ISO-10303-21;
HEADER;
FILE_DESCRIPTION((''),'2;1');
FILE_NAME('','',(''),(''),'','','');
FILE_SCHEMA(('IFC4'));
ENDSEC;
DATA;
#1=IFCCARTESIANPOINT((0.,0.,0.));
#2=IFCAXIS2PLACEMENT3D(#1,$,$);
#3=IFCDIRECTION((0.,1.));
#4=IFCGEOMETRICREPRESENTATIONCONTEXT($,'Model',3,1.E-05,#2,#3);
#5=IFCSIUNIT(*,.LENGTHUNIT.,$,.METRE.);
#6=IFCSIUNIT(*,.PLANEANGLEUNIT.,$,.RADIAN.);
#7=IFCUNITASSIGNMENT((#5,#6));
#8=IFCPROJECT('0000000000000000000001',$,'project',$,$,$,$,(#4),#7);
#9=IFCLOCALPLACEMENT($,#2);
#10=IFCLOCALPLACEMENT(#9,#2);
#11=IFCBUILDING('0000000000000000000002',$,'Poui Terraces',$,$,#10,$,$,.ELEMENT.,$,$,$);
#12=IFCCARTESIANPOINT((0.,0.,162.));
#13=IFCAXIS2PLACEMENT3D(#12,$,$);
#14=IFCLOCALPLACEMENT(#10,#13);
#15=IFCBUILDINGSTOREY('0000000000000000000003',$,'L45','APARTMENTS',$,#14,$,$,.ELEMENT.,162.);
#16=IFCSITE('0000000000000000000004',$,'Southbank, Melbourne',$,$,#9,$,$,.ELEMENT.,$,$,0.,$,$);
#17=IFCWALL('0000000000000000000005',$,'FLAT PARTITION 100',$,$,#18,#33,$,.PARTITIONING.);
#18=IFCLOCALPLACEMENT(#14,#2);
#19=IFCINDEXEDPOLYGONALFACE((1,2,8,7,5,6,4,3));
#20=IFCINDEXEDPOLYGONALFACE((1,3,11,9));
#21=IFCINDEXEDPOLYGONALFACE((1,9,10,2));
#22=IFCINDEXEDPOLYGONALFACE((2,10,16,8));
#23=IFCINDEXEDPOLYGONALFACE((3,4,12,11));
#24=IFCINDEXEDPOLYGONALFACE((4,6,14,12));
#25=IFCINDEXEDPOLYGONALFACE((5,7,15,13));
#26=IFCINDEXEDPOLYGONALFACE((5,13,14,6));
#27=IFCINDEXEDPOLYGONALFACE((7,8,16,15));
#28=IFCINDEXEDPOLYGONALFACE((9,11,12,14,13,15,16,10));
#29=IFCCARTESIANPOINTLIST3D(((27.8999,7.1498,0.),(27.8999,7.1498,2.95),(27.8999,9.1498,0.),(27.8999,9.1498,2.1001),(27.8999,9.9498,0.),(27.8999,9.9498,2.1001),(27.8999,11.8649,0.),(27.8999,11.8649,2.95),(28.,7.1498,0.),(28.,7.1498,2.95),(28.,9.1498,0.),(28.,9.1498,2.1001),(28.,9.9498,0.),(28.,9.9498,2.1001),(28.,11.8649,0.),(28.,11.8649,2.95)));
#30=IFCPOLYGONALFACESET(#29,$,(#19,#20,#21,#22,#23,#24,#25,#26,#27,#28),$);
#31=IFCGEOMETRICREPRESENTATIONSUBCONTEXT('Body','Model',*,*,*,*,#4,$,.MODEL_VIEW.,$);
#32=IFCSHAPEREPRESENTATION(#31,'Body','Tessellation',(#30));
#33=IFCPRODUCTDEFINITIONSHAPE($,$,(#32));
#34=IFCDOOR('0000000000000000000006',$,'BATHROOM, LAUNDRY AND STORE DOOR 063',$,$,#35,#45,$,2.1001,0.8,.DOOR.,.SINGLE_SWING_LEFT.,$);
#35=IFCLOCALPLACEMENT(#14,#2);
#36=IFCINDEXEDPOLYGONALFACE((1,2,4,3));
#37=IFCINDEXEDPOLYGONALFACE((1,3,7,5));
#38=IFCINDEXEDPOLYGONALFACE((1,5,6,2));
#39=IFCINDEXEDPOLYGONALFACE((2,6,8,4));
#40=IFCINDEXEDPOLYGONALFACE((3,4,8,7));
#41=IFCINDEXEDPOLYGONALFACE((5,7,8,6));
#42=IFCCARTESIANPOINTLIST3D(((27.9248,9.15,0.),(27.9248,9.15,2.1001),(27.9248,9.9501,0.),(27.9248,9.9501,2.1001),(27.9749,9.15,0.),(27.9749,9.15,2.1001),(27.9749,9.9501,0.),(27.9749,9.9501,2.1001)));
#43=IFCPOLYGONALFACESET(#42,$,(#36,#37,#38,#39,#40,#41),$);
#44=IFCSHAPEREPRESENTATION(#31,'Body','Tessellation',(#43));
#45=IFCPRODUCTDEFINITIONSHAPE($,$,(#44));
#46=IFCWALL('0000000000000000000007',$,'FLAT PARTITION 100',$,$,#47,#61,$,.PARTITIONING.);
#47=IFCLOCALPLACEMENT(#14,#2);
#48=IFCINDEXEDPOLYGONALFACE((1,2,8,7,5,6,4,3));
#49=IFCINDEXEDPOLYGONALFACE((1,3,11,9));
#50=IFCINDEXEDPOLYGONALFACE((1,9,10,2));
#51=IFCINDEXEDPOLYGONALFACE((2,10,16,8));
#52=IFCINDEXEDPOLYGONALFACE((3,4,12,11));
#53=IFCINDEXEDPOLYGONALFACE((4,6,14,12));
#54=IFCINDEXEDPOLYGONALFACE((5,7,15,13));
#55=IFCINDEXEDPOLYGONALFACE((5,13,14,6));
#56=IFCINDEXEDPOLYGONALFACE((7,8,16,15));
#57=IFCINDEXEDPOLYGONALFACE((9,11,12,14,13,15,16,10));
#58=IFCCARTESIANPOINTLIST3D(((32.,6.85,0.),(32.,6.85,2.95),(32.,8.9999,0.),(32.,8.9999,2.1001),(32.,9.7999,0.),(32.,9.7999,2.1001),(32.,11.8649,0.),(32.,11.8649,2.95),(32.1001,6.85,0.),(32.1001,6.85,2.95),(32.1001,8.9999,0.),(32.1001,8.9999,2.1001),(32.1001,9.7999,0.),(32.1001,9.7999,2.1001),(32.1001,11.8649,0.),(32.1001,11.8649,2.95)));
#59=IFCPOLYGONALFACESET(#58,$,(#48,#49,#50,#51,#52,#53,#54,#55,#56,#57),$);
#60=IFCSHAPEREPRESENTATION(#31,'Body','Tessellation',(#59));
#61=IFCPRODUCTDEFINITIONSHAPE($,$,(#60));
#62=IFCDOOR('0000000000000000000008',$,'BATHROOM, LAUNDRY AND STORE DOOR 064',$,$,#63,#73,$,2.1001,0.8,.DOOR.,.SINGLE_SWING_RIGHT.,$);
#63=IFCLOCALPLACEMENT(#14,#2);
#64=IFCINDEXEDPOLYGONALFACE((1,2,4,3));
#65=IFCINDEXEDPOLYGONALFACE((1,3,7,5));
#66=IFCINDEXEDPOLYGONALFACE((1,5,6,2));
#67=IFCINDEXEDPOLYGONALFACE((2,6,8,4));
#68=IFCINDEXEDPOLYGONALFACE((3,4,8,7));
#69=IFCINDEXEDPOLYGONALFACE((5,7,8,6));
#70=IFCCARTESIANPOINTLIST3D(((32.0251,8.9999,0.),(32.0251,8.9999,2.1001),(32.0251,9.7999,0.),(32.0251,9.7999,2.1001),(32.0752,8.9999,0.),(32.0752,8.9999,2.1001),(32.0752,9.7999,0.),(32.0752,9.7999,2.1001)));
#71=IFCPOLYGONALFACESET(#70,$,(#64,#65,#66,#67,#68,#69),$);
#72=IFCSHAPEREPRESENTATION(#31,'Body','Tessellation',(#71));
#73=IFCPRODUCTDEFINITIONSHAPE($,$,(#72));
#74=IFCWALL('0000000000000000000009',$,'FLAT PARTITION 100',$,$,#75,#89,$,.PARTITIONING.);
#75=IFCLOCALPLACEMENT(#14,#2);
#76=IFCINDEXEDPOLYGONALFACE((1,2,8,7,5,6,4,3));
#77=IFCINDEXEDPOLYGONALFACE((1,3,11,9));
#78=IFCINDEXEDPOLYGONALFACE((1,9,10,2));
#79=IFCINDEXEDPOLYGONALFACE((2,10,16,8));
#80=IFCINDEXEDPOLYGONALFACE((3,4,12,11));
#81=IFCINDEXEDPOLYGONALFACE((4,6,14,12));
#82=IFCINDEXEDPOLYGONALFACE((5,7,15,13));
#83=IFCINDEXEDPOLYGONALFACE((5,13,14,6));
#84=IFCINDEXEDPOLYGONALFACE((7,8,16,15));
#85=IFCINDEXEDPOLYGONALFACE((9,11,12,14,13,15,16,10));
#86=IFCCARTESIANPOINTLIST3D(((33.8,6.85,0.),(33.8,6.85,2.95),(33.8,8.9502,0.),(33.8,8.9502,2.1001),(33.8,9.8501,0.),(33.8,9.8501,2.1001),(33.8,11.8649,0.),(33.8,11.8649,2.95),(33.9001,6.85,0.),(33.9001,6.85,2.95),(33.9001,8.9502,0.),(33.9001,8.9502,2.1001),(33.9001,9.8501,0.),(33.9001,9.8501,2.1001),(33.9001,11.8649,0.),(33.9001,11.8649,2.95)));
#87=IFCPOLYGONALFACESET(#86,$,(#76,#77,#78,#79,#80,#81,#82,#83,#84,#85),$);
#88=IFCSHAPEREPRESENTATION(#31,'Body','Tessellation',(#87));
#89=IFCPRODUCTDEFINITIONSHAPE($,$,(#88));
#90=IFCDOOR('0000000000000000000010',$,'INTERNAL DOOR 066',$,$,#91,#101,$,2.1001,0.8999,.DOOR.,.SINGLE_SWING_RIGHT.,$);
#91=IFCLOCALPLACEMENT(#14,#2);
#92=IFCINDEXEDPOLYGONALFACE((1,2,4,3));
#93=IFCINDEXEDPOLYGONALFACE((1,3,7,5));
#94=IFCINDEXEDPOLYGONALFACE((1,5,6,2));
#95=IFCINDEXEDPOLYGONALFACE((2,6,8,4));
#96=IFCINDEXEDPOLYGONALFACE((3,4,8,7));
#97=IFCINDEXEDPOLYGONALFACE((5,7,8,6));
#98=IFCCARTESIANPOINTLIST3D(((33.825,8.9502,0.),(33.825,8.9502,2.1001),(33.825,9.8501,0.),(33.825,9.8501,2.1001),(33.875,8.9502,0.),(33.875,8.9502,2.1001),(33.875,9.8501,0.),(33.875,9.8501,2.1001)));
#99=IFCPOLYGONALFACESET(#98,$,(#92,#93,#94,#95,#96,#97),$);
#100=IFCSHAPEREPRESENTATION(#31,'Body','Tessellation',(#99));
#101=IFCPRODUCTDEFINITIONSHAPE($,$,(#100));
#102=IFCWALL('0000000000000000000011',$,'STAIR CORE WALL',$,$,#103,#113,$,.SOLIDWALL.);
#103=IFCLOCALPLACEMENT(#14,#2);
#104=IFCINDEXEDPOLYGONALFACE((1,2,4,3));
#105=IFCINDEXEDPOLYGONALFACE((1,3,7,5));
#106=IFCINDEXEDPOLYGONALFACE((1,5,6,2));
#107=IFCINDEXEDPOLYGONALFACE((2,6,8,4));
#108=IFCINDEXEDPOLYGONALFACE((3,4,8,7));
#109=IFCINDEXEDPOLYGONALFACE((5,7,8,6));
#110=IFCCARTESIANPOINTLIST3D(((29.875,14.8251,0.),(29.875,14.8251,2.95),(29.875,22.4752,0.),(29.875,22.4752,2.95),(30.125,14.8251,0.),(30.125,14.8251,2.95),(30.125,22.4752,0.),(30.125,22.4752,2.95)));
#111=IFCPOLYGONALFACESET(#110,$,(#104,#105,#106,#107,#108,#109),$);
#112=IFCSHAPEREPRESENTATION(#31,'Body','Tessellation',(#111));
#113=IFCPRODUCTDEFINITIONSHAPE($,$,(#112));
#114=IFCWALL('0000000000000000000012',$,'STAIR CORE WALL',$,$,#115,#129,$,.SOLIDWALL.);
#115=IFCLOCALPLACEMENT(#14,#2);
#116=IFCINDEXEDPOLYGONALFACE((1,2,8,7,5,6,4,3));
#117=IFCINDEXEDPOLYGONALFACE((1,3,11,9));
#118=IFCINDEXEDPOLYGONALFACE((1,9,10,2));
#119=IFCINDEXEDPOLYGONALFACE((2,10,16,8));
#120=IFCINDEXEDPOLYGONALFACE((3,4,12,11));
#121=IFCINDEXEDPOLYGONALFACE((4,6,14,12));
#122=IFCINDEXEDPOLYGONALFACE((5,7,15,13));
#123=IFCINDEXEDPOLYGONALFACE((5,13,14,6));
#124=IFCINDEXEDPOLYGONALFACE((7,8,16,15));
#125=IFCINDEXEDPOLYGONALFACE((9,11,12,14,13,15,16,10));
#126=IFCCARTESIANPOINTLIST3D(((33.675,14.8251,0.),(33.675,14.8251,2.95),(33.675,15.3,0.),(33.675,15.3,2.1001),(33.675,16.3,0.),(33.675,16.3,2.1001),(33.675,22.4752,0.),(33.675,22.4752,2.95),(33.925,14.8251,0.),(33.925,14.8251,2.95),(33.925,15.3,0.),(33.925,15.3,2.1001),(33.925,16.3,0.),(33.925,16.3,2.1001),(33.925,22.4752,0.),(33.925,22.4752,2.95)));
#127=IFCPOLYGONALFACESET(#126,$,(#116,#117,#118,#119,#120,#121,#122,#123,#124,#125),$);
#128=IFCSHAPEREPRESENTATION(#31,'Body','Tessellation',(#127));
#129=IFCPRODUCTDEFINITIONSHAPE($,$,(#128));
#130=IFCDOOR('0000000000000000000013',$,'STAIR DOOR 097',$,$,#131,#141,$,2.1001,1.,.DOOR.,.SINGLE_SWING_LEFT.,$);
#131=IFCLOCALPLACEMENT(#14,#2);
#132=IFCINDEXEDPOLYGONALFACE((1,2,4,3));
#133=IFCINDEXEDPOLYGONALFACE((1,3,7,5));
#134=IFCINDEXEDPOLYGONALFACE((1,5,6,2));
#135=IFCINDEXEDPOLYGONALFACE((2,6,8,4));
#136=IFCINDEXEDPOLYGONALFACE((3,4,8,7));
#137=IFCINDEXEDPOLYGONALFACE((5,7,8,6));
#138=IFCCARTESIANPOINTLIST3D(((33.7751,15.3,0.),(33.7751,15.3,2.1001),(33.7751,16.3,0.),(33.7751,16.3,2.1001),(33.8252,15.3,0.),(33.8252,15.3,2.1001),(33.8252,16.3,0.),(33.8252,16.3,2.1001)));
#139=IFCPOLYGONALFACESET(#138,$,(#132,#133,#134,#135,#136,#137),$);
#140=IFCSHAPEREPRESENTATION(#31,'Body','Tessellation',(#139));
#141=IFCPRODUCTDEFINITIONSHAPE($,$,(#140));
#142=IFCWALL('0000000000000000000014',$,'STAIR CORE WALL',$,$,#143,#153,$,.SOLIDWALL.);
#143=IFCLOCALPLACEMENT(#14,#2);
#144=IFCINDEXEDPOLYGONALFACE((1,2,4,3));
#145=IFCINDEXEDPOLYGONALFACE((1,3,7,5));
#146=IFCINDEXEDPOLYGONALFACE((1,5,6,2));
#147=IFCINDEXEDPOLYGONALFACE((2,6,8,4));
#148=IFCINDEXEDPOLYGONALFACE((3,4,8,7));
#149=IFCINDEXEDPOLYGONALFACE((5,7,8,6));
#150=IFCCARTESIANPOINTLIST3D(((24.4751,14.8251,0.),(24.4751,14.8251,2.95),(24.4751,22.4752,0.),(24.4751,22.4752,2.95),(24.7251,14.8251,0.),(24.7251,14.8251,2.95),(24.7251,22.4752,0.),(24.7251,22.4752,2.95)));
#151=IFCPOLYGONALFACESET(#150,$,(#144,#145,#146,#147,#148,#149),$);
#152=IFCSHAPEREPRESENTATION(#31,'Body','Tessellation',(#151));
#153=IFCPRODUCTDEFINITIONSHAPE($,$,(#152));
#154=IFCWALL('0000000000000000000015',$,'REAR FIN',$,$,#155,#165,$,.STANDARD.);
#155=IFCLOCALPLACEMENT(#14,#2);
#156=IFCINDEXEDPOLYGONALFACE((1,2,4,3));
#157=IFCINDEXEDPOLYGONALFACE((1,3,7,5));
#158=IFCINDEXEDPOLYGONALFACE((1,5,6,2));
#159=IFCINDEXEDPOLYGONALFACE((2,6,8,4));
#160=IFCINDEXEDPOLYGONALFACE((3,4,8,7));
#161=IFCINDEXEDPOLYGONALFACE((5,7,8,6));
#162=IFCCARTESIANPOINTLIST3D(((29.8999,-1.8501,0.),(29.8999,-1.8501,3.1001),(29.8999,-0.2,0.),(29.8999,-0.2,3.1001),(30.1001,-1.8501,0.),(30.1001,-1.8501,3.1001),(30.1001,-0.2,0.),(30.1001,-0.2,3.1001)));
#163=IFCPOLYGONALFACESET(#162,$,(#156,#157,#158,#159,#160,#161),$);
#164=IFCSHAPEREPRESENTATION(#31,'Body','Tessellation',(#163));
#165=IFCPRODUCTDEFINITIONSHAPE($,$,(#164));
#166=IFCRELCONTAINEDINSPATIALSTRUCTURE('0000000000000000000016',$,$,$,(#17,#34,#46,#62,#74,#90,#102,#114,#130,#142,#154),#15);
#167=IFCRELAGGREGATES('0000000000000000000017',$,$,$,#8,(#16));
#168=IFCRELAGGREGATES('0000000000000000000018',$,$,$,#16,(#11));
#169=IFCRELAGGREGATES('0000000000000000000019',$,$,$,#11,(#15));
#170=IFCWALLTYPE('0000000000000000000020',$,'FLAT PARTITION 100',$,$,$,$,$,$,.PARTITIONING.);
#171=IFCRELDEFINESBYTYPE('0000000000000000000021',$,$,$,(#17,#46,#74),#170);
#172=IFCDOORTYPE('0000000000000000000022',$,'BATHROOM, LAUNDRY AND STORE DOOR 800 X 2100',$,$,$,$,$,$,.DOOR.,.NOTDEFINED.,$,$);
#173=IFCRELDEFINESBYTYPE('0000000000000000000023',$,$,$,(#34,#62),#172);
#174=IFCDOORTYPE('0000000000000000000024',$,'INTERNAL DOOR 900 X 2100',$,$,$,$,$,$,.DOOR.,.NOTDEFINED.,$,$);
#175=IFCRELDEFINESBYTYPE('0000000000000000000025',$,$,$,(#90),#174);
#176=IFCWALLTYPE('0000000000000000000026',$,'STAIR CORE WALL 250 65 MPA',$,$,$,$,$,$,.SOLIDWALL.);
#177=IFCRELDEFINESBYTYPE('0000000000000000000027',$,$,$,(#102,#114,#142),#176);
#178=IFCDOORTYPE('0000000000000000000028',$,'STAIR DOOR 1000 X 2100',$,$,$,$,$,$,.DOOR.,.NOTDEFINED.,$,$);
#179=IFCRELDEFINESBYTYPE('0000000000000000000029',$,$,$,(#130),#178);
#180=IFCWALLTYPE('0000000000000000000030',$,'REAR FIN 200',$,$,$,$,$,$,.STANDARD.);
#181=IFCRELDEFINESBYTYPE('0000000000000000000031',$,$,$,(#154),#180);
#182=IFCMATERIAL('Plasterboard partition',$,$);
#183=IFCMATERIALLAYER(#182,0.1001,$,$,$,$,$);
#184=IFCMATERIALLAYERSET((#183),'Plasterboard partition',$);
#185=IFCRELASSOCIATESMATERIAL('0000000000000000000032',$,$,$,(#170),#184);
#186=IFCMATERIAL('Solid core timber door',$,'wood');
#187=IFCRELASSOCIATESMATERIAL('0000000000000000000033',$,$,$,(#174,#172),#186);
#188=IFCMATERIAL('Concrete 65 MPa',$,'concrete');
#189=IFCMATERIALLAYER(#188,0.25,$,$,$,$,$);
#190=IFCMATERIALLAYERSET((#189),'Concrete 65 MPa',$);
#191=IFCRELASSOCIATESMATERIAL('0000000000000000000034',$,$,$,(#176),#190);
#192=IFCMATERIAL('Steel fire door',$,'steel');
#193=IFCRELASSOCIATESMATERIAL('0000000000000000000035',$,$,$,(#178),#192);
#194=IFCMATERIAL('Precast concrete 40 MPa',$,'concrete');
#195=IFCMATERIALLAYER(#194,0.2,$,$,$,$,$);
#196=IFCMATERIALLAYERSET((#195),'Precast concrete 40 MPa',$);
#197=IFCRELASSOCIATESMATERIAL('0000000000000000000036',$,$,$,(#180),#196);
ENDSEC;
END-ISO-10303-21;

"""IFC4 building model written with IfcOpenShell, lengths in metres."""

from ifc_helpers import new_model, si_unit, direction, frame, frame_2d, origin, place, context, subcontext, project, spatial, polyline, rectangle, outline, extrude, source, transform, mapped, material, layer, layer_set, type_object, element, fill, save


model = new_model("IFC4")

# Units and contexts
model_context = context("Model", 3, precision=1e-05, world=origin(), true_north=direction((0.0, 1.0)))
body_context = subcontext(model_context, "Body", "Model", "MODEL_VIEW")
ifc_project = project(units=[si_unit("LENGTHUNIT", "METRE"), si_unit("PLANEANGLEUNIT", "RADIAN")], contexts=[model_context])

# Site, building, storey
site_placement = place(None, origin())
site = spatial("IfcSite", under=ifc_project, at=site_placement, Name="Southbank, Melbourne", CompositionType="ELEMENT", RefElevation=0.0)
building_placement = place(site_placement, origin())
building = spatial("IfcBuilding", under=site, at=building_placement, Name="Poui Terraces", CompositionType="ELEMENT")
storey_placement = place(building_placement, frame((0.0, 0.0, 162.0)))
storey = spatial("IfcBuildingStorey", under=building, at=storey_placement, Name="L45", Description="APARTMENTS", CompositionType="ELEMENT", Elevation=162.0)

# Shared definitions
ifc_material_1 = material(Name="Concrete 65 MPa", Category="concrete")

# Shared definitions
ifc_material_2 = material(Name="Steel fire door", Category="steel")

# Shared definitions
ifc_material_3 = material(Name="Plasterboard partition")
ifc_layer_1 = layer(ifc_material_3, 0.1001)
ifc_layer_set_1 = layer_set([ifc_layer_1], Name="Plasterboard partition")
wall_type_1 = type_object("IfcWallType", Name="FLAT PARTITION 100", PredefinedType="PARTITIONING", material=ifc_layer_set_1)

# Walls, openings, doors
ifc_material_4 = material(Name="Solid core timber door", Category="wood")
door_type_1 = type_object("IfcDoorType", Name="INTERNAL DOOR 900 X 2100", OperationType="NOTDEFINED", PredefinedType="DOOR", material=ifc_material_4)
wall_1_placement = place(storey_placement, frame((27.95, 7.1499, 0.0), z_axis=(0.0, 0.0, 1.0), x_axis=(0.0, 1.0, 0.0)))
wall_1 = element("IfcWall", 1, at=wall_1_placement, inside=storey, type_object=wall_type_1, Name="FLAT PARTITION 100", PredefinedType="PARTITIONING", context=body_context, shape_type="SweptSolid", body=[
    extrude(rectangle(XDim=4.7151, YDim=0.1001, at=frame_2d((2.3574, 0.0))), origin(), (0.0, 0.0, 1.0), 2.95),
])
opening_1_placement = place(wall_1_placement, frame((2.0, 0.0, 0.0)))
opening_1 = element("IfcOpeningElement", 2, at=opening_1_placement, cuts=wall_1, PredefinedType="OPENING", context=body_context, shape_type="SweptSolid", body=[
    extrude(rectangle(XDim=0.8, YDim=2.1001, at=frame_2d((0.3999, 1.05))), frame((0.0, 0.0601, 0.0), z_axis=(0.0, -1.0, 0.0), x_axis=(1.0, 0.0, 0.0)), (0.0, 0.0, 1.0), 0.1201),
])
door_type_2 = type_object("IfcDoorType", Name="BATHROOM, LAUNDRY AND STORE DOOR 800 X 2100", OperationType="NOTDEFINED", PredefinedType="DOOR", material=ifc_material_4)
door_1_placement = place(opening_1_placement, frame((0.8, 0.0, 0.0), z_axis=(0.0, 0.0, 1.0), x_axis=(-1.0, 0.0, 0.0)))
door_1 = element("IfcDoor", 3, at=door_1_placement, inside=storey, type_object=door_type_2, Name="BATHROOM, LAUNDRY AND STORE DOOR 063", OperationType="SINGLE_SWING_LEFT", OverallHeight=2.1001, OverallWidth=0.8, PredefinedType="DOOR", context=body_context, shape_type="SweptSolid", body=[
    extrude(rectangle(XDim=0.8, YDim=2.1001, at=frame_2d((0.3999, 1.05))), frame((0.0, 0.0249, 0.0), z_axis=(0.0, -1.0, 0.0), x_axis=(1.0, 0.0, 0.0)), (0.0, 0.0, 1.0), 0.05),
])
fill(opening_1, door_1)
wall_2_placement = place(storey_placement, frame((32.05, 6.8501, 0.0), z_axis=(0.0, 0.0, 1.0), x_axis=(0.0, 1.0, 0.0)))
wall_2 = element("IfcWall", 4, at=wall_2_placement, inside=storey, type_object=wall_type_1, Name="FLAT PARTITION 100", PredefinedType="PARTITIONING", context=body_context, shape_type="SweptSolid", body=[
    extrude(rectangle(XDim=5.0149, YDim=0.1001, at=frame_2d((2.5073, 0.0))), origin(), (0.0, 0.0, 1.0), 2.95),
])
opening_2_placement = place(wall_2_placement, frame((2.1499, 0.0, 0.0)))
opening_2 = element("IfcOpeningElement", 5, at=opening_2_placement, cuts=wall_2, PredefinedType="OPENING", context=body_context, shape_type="SweptSolid", body=[
    extrude(rectangle(XDim=0.8, YDim=2.1001, at=frame_2d((0.3999, 1.05))), frame((0.0, 0.0601, 0.0), z_axis=(0.0, -1.0, 0.0), x_axis=(1.0, 0.0, 0.0)), (0.0, 0.0, 1.0), 0.1201),
])
door_2_placement = place(opening_2_placement, origin())
door_2 = element("IfcDoor", 6, at=door_2_placement, inside=storey, type_object=door_type_2, Name="BATHROOM, LAUNDRY AND STORE DOOR 064", OperationType="SINGLE_SWING_RIGHT", OverallHeight=2.1001, OverallWidth=0.8, PredefinedType="DOOR", context=body_context, shape_type="SweptSolid", body=[
    extrude(rectangle(XDim=0.8, YDim=2.1001, at=frame_2d((0.3999, 1.05))), frame((0.0, 0.0249, 0.0), z_axis=(0.0, -1.0, 0.0), x_axis=(1.0, 0.0, 0.0)), (0.0, 0.0, 1.0), 0.05),
])
fill(opening_2, door_2)
wall_3_placement = place(storey_placement, frame((33.8501, 6.8501, 0.0), z_axis=(0.0, 0.0, 1.0), x_axis=(0.0, 1.0, 0.0)))
wall_3 = element("IfcWall", 7, at=wall_3_placement, inside=storey, type_object=wall_type_1, Name="FLAT PARTITION 100", PredefinedType="PARTITIONING", context=body_context, shape_type="SweptSolid", body=[
    extrude(rectangle(XDim=5.0149, YDim=0.1001, at=frame_2d((2.5073, 0.0))), origin(), (0.0, 0.0, 1.0), 2.95),
])
opening_3_placement = place(wall_3_placement, frame((2.1001, 0.0, 0.0)))
opening_3 = element("IfcOpeningElement", 8, at=opening_3_placement, cuts=wall_3, PredefinedType="OPENING", context=body_context, shape_type="SweptSolid", body=[
    extrude(rectangle(XDim=0.8999, YDim=2.1001, at=frame_2d((0.45, 1.05))), frame((0.0, 0.0601, 0.0), z_axis=(0.0, -1.0, 0.0), x_axis=(1.0, 0.0, 0.0)), (0.0, 0.0, 1.0), 0.1201),
])
door_3_placement = place(opening_3_placement, frame((0.8999, 0.0, 0.0), z_axis=(0.0, 0.0, 1.0), x_axis=(-1.0, 0.0, 0.0)))
door_3 = element("IfcDoor", 9, at=door_3_placement, inside=storey, type_object=door_type_1, Name="INTERNAL DOOR 066", OperationType="SINGLE_SWING_RIGHT", OverallHeight=2.1001, OverallWidth=0.8999, PredefinedType="DOOR", context=body_context, shape_type="SweptSolid", body=[
    extrude(rectangle(XDim=0.8999, YDim=2.1001, at=frame_2d((0.45, 1.05))), frame((0.0, 0.0249, 0.0), z_axis=(0.0, -1.0, 0.0), x_axis=(1.0, 0.0, 0.0)), (0.0, 0.0, 1.0), 0.05),
])
fill(opening_3, door_3)

# Wall
ifc_layer_2 = layer(ifc_material_1, 0.25)
ifc_layer_set_2 = layer_set([ifc_layer_2], Name="Concrete 65 MPa")
wall_type_2 = type_object("IfcWallType", Name="STAIR CORE WALL 250 65 MPA", PredefinedType="SOLIDWALL", material=ifc_layer_set_2)
wall_4_placement = place(storey_placement, frame((30.0, 14.825, 0.0), z_axis=(0.0, 0.0, 1.0), x_axis=(0.0, 1.0, 0.0)))
element("IfcWall", 10, at=wall_4_placement, inside=storey, type_object=wall_type_2, Name="STAIR CORE WALL", PredefinedType="SOLIDWALL", context=body_context, shape_type="SweptSolid", body=[
    extrude(rectangle(XDim=7.6501, YDim=0.25, at=frame_2d((3.8252, 0.0))), origin(), (0.0, 0.0, 1.0), 2.95),
])

# Wall, opening, door
wall_5_placement = place(storey_placement, frame((33.8, 14.825, 0.0), z_axis=(0.0, 0.0, 1.0), x_axis=(0.0, 1.0, 0.0)))
wall_5 = element("IfcWall", 11, at=wall_5_placement, inside=storey, type_object=wall_type_2, Name="STAIR CORE WALL", PredefinedType="SOLIDWALL", context=body_context, shape_type="SweptSolid", body=[
    extrude(rectangle(XDim=7.6501, YDim=0.25, at=frame_2d((3.8252, 0.0))), origin(), (0.0, 0.0, 1.0), 2.95),
])
opening_4_placement = place(wall_5_placement, frame((0.4751, 0.0, 0.0)))
opening_4 = element("IfcOpeningElement", 12, at=opening_4_placement, cuts=wall_5, PredefinedType="OPENING", context=body_context, shape_type="SweptSolid", body=[
    extrude(rectangle(XDim=1.0, YDim=2.1001, at=frame_2d((0.5, 1.05))), frame((0.0, 0.135, 0.0), z_axis=(0.0, -1.0, 0.0), x_axis=(1.0, 0.0, 0.0)), (0.0, 0.0, 1.0), 0.27),
])
door_type_3 = type_object("IfcDoorType", Name="STAIR DOOR 1000 X 2100", OperationType="NOTDEFINED", PredefinedType="DOOR", material=ifc_material_2)
door_4_placement = place(opening_4_placement, origin())
door_4 = element("IfcDoor", 13, at=door_4_placement, inside=storey, type_object=door_type_3, Name="STAIR DOOR 097", OperationType="SINGLE_SWING_LEFT", OverallHeight=2.1001, OverallWidth=1.0, PredefinedType="DOOR", context=body_context, shape_type="SweptSolid", body=[
    extrude(rectangle(XDim=1.0, YDim=2.1001, at=frame_2d((0.5, 1.05))), frame((0.0, 0.0249, 0.0), z_axis=(0.0, -1.0, 0.0), x_axis=(1.0, 0.0, 0.0)), (0.0, 0.0, 1.0), 0.05),
])
fill(opening_4, door_4)

# Walls
wall_6_placement = place(storey_placement, frame((24.6001, 14.825, 0.0), z_axis=(0.0, 0.0, 1.0), x_axis=(0.0, 1.0, 0.0)))
element("IfcWall", 14, at=wall_6_placement, inside=storey, type_object=wall_type_2, Name="STAIR CORE WALL", PredefinedType="SOLIDWALL", context=body_context, shape_type="SweptSolid", body=[
    extrude(rectangle(XDim=7.6501, YDim=0.25, at=frame_2d((3.8252, 0.0))), origin(), (0.0, 0.0, 1.0), 2.95),
])
ifc_material_5 = material(Name="Precast concrete 40 MPa", Category="concrete")
ifc_layer_3 = layer(ifc_material_5, 0.2)
ifc_layer_set_3 = layer_set([ifc_layer_3], Name="Precast concrete 40 MPa")
wall_type_3 = type_object("IfcWallType", Name="REAR FIN 200", PredefinedType="STANDARD", material=ifc_layer_set_3)
shared_shape_1 = source(origin(), body_context, "Body", "SweptSolid", [
    extrude(outline(polyline([(0.0, 0.0), (0.2002, 0.0), (0.2002, 1.6501), (0.0, 1.6501), (0.0, 0.0)])), origin(), (0.0, 0.0, 1.0), 3.1001),
])
wall_7_placement = place(storey_placement, frame((29.8999, -1.8501, 0.0)))
element("IfcWall", 15, at=wall_7_placement, inside=storey, type_object=wall_type_3, Name="REAR FIN", PredefinedType="STANDARD", context=body_context, shape_type="MappedRepresentation", body=[
    mapped(shared_shape_1, transform((0.0, 0.0, 0.0))),
])

save(model, "model.ifc")
